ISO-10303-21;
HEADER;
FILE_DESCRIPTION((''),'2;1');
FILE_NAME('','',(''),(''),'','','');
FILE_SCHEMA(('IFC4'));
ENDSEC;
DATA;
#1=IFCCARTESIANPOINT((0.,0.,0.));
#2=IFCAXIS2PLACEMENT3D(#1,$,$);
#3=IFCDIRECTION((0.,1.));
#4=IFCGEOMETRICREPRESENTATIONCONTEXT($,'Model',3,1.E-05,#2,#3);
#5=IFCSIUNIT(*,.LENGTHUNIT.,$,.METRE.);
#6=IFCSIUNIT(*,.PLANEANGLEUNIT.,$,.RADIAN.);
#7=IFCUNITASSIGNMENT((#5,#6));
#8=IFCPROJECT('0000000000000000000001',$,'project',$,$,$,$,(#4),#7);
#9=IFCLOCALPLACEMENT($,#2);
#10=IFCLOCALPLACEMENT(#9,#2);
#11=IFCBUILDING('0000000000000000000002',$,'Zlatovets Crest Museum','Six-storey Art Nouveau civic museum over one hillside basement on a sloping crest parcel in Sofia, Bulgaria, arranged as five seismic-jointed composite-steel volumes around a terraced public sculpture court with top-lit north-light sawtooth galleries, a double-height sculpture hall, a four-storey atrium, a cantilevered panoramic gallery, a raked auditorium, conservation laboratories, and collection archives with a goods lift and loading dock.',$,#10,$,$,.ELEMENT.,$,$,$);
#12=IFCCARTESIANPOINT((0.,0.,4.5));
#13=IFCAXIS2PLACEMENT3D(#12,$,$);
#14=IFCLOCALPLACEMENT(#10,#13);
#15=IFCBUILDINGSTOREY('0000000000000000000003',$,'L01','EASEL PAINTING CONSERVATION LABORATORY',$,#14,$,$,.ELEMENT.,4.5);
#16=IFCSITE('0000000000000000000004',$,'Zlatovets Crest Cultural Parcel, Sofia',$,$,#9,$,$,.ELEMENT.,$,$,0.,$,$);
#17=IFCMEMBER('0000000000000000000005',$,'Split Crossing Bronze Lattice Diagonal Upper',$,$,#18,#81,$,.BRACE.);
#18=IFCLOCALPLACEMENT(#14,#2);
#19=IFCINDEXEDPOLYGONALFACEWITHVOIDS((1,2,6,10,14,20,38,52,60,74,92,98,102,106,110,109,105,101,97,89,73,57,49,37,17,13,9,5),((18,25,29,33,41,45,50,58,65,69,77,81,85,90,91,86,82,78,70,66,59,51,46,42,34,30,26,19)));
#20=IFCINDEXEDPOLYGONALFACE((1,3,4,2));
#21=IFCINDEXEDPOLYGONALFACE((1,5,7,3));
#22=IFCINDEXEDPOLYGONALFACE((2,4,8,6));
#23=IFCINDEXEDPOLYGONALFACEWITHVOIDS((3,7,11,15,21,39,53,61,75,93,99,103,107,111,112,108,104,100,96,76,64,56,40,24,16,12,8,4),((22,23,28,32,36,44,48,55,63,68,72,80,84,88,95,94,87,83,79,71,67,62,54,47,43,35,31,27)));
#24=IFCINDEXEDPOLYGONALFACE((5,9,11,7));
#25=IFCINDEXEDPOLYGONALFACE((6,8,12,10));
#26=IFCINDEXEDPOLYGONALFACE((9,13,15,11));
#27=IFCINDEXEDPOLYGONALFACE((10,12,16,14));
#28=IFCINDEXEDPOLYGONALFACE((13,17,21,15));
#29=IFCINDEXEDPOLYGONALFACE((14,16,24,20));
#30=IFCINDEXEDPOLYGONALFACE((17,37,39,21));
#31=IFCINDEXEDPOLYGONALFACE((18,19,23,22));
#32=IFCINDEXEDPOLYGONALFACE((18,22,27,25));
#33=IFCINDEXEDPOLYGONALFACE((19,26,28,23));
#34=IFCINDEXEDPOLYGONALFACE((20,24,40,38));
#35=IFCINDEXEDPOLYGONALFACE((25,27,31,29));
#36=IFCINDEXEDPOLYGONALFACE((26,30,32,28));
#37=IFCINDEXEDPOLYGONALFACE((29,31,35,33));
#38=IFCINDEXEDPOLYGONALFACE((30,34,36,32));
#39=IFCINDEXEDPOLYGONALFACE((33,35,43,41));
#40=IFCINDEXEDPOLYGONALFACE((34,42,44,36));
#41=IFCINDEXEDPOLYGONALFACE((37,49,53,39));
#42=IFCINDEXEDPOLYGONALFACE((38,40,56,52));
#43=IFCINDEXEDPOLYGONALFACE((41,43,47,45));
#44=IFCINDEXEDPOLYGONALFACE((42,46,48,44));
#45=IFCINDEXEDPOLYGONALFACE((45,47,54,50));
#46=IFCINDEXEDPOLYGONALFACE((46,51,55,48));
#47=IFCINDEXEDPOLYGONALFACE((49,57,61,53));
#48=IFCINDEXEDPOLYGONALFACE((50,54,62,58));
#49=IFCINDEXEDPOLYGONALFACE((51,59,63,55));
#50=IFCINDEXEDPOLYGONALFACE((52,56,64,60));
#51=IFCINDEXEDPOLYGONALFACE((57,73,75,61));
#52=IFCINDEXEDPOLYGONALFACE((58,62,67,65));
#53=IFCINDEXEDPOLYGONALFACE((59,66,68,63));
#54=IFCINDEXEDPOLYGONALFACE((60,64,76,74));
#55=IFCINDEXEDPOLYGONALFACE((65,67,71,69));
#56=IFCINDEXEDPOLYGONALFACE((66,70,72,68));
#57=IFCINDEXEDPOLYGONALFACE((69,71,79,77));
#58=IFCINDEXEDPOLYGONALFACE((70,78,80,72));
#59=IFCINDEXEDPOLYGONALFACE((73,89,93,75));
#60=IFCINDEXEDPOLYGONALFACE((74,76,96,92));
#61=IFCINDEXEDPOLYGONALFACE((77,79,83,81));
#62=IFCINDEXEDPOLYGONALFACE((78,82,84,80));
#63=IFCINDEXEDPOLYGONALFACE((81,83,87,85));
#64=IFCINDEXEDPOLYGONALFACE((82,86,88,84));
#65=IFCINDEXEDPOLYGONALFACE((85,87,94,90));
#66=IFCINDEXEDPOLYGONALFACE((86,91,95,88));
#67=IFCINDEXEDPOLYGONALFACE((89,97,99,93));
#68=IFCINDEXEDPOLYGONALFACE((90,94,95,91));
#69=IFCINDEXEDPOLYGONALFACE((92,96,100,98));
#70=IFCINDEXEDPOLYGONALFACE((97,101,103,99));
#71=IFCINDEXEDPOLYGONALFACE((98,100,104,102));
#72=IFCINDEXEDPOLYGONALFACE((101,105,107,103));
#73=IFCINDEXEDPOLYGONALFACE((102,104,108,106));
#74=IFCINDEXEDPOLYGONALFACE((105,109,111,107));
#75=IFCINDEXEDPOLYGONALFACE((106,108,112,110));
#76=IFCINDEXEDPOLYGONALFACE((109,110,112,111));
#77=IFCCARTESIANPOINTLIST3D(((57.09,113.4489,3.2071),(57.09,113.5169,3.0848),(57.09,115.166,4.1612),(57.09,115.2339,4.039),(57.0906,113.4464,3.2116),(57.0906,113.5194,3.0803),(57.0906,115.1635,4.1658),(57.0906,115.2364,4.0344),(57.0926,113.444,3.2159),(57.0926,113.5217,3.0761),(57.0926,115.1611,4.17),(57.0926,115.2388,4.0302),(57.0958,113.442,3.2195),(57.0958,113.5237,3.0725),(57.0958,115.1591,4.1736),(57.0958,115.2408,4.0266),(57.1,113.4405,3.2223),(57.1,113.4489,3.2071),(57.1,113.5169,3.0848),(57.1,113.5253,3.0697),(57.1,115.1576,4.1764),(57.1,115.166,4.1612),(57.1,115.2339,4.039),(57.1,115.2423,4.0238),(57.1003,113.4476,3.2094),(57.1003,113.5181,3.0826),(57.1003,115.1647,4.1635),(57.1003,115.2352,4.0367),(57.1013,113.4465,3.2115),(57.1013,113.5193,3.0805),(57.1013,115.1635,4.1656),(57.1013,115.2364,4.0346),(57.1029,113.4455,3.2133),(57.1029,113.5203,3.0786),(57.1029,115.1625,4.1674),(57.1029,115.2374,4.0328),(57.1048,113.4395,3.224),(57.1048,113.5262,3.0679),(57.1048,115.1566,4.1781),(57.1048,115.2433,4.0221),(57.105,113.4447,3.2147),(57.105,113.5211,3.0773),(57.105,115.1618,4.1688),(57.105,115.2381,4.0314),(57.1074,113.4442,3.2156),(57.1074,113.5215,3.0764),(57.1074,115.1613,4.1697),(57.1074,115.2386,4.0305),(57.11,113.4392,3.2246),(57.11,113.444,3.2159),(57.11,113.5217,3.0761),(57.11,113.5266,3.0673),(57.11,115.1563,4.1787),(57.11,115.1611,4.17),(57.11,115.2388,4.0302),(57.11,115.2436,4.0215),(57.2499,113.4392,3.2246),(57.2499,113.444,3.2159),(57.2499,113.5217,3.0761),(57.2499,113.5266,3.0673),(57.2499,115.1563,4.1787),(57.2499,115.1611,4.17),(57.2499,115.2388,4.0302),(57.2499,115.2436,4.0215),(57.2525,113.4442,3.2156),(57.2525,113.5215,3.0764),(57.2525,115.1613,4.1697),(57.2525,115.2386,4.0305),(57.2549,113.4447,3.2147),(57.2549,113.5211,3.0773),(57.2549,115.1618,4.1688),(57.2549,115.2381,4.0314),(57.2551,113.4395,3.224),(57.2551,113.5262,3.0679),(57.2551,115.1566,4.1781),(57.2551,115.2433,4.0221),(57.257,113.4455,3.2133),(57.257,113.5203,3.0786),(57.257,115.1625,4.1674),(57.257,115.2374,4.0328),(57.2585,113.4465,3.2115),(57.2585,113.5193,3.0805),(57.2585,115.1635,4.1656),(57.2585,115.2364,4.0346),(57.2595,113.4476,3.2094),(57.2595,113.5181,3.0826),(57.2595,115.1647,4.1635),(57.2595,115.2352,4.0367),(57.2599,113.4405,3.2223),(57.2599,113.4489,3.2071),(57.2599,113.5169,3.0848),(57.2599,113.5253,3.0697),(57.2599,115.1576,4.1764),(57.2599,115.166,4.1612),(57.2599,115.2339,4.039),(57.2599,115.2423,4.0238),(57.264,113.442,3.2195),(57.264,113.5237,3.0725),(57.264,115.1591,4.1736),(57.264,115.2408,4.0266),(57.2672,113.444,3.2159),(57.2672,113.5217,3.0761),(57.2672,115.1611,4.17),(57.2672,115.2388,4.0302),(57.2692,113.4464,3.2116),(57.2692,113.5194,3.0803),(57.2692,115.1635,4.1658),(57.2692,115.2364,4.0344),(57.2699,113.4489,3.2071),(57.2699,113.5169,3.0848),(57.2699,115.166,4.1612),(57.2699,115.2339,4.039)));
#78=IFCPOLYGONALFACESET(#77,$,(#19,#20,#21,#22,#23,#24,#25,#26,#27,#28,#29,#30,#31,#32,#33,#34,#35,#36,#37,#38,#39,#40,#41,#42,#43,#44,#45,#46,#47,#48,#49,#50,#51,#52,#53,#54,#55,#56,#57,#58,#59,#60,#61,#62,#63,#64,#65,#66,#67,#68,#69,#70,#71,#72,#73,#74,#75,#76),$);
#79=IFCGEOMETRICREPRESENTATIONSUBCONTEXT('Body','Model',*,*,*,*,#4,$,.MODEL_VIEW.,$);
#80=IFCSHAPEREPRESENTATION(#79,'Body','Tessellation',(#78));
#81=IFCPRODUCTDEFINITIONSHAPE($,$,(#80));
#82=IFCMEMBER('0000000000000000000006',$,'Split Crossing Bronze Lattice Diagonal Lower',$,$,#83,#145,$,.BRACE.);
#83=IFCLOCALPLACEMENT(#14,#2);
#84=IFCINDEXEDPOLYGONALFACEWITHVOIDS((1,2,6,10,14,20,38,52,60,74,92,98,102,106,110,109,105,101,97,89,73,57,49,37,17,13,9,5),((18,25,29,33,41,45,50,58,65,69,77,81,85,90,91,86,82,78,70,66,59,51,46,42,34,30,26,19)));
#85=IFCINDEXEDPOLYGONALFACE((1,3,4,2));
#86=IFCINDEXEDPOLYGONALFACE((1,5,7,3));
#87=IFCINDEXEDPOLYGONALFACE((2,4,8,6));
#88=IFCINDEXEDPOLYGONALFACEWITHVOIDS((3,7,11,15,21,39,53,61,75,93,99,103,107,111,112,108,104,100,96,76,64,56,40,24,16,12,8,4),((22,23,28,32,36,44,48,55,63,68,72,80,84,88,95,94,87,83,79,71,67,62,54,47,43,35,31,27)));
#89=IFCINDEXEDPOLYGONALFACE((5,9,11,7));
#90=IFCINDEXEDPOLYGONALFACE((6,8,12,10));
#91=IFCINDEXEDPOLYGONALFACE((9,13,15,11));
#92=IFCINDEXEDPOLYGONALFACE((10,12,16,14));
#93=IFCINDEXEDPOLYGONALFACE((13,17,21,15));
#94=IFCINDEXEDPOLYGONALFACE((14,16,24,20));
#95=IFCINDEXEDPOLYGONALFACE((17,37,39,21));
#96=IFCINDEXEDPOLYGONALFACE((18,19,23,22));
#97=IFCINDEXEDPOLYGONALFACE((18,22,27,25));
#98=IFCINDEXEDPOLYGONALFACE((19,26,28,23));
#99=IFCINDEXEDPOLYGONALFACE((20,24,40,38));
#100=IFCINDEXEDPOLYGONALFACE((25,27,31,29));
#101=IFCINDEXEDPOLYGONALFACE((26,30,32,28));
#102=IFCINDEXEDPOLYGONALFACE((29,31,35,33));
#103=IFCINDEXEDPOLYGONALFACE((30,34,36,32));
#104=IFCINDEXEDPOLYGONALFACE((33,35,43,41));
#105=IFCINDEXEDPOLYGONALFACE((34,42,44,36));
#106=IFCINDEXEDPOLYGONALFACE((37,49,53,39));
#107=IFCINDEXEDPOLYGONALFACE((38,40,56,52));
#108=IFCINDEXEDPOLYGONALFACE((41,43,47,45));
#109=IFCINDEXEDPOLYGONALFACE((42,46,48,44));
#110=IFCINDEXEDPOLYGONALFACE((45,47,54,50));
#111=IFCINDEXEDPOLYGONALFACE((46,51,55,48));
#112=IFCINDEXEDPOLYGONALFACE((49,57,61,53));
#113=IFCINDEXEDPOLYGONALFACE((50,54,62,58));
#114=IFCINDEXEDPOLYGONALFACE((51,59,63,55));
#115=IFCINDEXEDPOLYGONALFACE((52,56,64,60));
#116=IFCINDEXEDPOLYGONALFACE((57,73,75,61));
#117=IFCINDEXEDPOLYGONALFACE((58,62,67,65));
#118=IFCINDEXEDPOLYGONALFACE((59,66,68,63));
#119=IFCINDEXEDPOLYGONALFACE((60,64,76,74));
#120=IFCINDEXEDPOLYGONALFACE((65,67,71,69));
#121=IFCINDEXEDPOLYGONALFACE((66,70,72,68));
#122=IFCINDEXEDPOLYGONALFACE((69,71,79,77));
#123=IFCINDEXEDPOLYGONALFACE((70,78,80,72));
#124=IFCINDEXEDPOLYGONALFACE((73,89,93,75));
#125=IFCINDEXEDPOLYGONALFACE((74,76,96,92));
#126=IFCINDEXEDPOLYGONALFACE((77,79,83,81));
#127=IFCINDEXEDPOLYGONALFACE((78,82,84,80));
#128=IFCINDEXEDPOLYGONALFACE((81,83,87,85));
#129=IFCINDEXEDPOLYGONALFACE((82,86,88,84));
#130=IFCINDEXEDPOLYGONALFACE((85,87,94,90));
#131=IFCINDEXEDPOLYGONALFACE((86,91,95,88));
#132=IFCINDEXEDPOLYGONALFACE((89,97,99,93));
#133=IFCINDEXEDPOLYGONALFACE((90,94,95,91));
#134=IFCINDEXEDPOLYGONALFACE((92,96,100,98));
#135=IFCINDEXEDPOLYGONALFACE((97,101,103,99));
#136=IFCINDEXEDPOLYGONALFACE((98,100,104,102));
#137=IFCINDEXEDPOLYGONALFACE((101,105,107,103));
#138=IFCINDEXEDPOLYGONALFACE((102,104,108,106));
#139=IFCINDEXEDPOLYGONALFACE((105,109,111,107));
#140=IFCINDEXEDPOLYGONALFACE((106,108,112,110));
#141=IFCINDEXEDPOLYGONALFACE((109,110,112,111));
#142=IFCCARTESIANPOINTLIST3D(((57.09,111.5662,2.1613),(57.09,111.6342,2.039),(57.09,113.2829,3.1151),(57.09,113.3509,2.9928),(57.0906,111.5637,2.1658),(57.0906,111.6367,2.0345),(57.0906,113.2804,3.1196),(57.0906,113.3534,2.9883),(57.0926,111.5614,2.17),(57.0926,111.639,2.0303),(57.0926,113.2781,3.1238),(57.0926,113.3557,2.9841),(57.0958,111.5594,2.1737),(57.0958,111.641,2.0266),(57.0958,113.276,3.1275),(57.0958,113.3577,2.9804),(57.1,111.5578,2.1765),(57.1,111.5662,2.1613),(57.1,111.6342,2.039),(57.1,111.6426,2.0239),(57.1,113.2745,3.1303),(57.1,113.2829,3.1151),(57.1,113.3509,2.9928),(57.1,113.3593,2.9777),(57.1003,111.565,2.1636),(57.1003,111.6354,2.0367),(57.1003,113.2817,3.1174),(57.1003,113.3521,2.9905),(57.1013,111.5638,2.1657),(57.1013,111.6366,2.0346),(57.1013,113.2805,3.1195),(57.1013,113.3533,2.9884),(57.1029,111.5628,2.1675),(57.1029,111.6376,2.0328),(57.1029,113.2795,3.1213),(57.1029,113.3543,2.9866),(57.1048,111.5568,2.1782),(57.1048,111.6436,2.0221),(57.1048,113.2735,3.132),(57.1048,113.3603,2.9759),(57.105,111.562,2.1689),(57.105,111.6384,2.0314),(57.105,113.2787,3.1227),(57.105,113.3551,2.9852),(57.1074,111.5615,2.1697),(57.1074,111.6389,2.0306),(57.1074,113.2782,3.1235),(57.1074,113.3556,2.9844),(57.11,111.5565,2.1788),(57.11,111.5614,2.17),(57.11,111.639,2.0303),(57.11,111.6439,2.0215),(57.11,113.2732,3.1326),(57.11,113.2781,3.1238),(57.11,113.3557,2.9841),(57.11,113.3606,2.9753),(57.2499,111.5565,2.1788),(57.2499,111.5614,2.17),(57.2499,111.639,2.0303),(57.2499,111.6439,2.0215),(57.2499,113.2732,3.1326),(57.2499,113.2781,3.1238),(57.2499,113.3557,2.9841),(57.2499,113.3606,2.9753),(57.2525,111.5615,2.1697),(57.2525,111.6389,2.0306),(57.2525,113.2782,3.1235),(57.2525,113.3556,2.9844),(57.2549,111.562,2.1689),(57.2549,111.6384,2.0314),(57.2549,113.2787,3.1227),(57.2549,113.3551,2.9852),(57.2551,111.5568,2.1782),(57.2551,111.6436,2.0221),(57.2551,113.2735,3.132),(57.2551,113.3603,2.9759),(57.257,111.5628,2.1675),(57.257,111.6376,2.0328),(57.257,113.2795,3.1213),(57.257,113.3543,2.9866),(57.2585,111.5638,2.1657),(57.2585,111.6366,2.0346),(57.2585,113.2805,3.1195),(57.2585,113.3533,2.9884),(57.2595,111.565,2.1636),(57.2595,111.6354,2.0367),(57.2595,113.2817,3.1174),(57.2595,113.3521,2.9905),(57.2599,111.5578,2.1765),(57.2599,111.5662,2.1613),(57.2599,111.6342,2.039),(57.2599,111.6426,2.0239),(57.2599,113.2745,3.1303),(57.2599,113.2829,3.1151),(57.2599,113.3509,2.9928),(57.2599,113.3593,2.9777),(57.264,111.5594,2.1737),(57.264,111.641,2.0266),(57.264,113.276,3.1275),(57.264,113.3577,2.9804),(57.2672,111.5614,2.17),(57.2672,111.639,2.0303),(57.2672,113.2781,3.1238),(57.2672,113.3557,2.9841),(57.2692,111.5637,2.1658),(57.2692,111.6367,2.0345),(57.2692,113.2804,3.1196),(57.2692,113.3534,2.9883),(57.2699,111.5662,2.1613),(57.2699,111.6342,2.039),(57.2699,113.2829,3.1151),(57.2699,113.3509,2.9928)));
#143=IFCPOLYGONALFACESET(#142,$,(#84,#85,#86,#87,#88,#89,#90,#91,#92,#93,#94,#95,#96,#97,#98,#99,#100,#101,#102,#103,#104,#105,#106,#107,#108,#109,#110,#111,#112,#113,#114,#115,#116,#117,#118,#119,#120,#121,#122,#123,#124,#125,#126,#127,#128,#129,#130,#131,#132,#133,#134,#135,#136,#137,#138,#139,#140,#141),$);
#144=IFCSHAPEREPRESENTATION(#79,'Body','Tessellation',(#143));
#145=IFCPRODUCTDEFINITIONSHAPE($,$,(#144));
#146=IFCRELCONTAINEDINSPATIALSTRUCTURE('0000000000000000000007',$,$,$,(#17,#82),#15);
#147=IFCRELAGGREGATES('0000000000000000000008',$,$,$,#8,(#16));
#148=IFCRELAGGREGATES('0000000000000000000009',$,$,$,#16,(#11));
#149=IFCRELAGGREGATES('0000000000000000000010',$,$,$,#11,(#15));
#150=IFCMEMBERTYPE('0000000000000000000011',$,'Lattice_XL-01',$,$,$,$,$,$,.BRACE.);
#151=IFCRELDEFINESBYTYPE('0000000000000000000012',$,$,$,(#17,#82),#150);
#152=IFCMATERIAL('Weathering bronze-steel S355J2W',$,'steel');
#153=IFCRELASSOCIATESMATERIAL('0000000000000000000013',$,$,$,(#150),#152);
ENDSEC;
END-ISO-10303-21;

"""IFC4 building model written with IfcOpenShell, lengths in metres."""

from ifc_helpers import new_model, si_unit, direction, frame, origin, origin_2d, place, context, subcontext, project, spatial, hollow_rectangle, extrude, material, material_profile, profile_set, type_object, element, save


model = new_model("IFC4")

# Units and contexts
model_context = context("Model", 3, precision=1e-05, world=origin(), true_north=direction((0.0, 1.0)))
body_context = subcontext(model_context, "Body", "Model", "MODEL_VIEW")
ifc_project = project(units=[si_unit("LENGTHUNIT", "METRE"), si_unit("PLANEANGLEUNIT", "RADIAN")], contexts=[model_context])

# Site, building, storey
site_placement = place(None, origin())
site = spatial("IfcSite", under=ifc_project, at=site_placement, Name="Zlatovets Crest Cultural Parcel, Sofia", CompositionType="ELEMENT", RefElevation=0.0)
building_placement = place(site_placement, origin())
building = spatial("IfcBuilding", under=site, at=building_placement, Name="Zlatovets Crest Museum", Description="Six-storey Art Nouveau civic museum over one hillside basement on a sloping crest parcel in Sofia, Bulgaria, arranged as five seismic-jointed composite-steel volumes around a terraced public sculpture court with top-lit north-light sawtooth galleries, a double-height sculpture hall, a four-storey atrium, a cantilevered panoramic gallery, a raked auditorium, conservation laboratories, and collection archives with a goods lift and loading dock.", CompositionType="ELEMENT")
storey_placement = place(building_placement, frame((0.0, 0.0, 4.5)))
storey = spatial("IfcBuildingStorey", under=building, at=storey_placement, Name="L01", Description="EASEL PAINTING CONSERVATION LABORATORY", CompositionType="ELEMENT", Elevation=4.5)

# Members
ifc_material_1 = material(Name="Weathering bronze-steel S355J2W", Category="steel")
ifc_material_profile_1 = material_profile(ifc_material_1, hollow_rectangle(XDim=0.1799, YDim=0.1799, WallThickness=0.01, InnerFilletRadius=0.01, OuterFilletRadius=0.02, at=origin_2d()), Name="SHS 180x180x10.0")
ifc_profile_set_1 = profile_set([ifc_material_profile_1], Name="Weathering bronze-steel S355J2W")
member_type_1 = type_object("IfcMemberType", Name="Lattice_XL-01", PredefinedType="BRACE", material=ifc_profile_set_1)
member_1_placement = place(storey_placement, frame((57.1799, 115.2, 4.1001), z_axis=(0.0, -0.874116, -0.485717), x_axis=(1.0, 0.0, 0.0)))
element("IfcMember", 1, at=member_1_placement, inside=storey, type_object=member_type_1, Name="Split Crossing Bronze Lattice Diagonal Upper", PredefinedType="BRACE", context=body_context, shape_type="SweptSolid", body=[
    extrude(hollow_rectangle(XDim=0.1799, YDim=0.1799, WallThickness=0.01, InnerFilletRadius=0.01, OuterFilletRadius=0.02, at=origin_2d()), origin(), (0.0, 0.0, 1.0), 1.9644),
])
member_2_placement = place(storey_placement, frame((57.1799, 113.3169, 3.054), z_axis=(0.0, -0.87414, -0.485675), x_axis=(1.0, 0.0, 0.0)))
element("IfcMember", 2, at=member_2_placement, inside=storey, type_object=member_type_1, Name="Split Crossing Bronze Lattice Diagonal Lower", PredefinedType="BRACE", context=body_context, shape_type="SweptSolid", body=[
    extrude(hollow_rectangle(XDim=0.1799, YDim=0.1799, WallThickness=0.01, InnerFilletRadius=0.01, OuterFilletRadius=0.02, at=origin_2d()), origin(), (0.0, 0.0, 1.0), 1.9639),
])

save(model, "model.ifc")
